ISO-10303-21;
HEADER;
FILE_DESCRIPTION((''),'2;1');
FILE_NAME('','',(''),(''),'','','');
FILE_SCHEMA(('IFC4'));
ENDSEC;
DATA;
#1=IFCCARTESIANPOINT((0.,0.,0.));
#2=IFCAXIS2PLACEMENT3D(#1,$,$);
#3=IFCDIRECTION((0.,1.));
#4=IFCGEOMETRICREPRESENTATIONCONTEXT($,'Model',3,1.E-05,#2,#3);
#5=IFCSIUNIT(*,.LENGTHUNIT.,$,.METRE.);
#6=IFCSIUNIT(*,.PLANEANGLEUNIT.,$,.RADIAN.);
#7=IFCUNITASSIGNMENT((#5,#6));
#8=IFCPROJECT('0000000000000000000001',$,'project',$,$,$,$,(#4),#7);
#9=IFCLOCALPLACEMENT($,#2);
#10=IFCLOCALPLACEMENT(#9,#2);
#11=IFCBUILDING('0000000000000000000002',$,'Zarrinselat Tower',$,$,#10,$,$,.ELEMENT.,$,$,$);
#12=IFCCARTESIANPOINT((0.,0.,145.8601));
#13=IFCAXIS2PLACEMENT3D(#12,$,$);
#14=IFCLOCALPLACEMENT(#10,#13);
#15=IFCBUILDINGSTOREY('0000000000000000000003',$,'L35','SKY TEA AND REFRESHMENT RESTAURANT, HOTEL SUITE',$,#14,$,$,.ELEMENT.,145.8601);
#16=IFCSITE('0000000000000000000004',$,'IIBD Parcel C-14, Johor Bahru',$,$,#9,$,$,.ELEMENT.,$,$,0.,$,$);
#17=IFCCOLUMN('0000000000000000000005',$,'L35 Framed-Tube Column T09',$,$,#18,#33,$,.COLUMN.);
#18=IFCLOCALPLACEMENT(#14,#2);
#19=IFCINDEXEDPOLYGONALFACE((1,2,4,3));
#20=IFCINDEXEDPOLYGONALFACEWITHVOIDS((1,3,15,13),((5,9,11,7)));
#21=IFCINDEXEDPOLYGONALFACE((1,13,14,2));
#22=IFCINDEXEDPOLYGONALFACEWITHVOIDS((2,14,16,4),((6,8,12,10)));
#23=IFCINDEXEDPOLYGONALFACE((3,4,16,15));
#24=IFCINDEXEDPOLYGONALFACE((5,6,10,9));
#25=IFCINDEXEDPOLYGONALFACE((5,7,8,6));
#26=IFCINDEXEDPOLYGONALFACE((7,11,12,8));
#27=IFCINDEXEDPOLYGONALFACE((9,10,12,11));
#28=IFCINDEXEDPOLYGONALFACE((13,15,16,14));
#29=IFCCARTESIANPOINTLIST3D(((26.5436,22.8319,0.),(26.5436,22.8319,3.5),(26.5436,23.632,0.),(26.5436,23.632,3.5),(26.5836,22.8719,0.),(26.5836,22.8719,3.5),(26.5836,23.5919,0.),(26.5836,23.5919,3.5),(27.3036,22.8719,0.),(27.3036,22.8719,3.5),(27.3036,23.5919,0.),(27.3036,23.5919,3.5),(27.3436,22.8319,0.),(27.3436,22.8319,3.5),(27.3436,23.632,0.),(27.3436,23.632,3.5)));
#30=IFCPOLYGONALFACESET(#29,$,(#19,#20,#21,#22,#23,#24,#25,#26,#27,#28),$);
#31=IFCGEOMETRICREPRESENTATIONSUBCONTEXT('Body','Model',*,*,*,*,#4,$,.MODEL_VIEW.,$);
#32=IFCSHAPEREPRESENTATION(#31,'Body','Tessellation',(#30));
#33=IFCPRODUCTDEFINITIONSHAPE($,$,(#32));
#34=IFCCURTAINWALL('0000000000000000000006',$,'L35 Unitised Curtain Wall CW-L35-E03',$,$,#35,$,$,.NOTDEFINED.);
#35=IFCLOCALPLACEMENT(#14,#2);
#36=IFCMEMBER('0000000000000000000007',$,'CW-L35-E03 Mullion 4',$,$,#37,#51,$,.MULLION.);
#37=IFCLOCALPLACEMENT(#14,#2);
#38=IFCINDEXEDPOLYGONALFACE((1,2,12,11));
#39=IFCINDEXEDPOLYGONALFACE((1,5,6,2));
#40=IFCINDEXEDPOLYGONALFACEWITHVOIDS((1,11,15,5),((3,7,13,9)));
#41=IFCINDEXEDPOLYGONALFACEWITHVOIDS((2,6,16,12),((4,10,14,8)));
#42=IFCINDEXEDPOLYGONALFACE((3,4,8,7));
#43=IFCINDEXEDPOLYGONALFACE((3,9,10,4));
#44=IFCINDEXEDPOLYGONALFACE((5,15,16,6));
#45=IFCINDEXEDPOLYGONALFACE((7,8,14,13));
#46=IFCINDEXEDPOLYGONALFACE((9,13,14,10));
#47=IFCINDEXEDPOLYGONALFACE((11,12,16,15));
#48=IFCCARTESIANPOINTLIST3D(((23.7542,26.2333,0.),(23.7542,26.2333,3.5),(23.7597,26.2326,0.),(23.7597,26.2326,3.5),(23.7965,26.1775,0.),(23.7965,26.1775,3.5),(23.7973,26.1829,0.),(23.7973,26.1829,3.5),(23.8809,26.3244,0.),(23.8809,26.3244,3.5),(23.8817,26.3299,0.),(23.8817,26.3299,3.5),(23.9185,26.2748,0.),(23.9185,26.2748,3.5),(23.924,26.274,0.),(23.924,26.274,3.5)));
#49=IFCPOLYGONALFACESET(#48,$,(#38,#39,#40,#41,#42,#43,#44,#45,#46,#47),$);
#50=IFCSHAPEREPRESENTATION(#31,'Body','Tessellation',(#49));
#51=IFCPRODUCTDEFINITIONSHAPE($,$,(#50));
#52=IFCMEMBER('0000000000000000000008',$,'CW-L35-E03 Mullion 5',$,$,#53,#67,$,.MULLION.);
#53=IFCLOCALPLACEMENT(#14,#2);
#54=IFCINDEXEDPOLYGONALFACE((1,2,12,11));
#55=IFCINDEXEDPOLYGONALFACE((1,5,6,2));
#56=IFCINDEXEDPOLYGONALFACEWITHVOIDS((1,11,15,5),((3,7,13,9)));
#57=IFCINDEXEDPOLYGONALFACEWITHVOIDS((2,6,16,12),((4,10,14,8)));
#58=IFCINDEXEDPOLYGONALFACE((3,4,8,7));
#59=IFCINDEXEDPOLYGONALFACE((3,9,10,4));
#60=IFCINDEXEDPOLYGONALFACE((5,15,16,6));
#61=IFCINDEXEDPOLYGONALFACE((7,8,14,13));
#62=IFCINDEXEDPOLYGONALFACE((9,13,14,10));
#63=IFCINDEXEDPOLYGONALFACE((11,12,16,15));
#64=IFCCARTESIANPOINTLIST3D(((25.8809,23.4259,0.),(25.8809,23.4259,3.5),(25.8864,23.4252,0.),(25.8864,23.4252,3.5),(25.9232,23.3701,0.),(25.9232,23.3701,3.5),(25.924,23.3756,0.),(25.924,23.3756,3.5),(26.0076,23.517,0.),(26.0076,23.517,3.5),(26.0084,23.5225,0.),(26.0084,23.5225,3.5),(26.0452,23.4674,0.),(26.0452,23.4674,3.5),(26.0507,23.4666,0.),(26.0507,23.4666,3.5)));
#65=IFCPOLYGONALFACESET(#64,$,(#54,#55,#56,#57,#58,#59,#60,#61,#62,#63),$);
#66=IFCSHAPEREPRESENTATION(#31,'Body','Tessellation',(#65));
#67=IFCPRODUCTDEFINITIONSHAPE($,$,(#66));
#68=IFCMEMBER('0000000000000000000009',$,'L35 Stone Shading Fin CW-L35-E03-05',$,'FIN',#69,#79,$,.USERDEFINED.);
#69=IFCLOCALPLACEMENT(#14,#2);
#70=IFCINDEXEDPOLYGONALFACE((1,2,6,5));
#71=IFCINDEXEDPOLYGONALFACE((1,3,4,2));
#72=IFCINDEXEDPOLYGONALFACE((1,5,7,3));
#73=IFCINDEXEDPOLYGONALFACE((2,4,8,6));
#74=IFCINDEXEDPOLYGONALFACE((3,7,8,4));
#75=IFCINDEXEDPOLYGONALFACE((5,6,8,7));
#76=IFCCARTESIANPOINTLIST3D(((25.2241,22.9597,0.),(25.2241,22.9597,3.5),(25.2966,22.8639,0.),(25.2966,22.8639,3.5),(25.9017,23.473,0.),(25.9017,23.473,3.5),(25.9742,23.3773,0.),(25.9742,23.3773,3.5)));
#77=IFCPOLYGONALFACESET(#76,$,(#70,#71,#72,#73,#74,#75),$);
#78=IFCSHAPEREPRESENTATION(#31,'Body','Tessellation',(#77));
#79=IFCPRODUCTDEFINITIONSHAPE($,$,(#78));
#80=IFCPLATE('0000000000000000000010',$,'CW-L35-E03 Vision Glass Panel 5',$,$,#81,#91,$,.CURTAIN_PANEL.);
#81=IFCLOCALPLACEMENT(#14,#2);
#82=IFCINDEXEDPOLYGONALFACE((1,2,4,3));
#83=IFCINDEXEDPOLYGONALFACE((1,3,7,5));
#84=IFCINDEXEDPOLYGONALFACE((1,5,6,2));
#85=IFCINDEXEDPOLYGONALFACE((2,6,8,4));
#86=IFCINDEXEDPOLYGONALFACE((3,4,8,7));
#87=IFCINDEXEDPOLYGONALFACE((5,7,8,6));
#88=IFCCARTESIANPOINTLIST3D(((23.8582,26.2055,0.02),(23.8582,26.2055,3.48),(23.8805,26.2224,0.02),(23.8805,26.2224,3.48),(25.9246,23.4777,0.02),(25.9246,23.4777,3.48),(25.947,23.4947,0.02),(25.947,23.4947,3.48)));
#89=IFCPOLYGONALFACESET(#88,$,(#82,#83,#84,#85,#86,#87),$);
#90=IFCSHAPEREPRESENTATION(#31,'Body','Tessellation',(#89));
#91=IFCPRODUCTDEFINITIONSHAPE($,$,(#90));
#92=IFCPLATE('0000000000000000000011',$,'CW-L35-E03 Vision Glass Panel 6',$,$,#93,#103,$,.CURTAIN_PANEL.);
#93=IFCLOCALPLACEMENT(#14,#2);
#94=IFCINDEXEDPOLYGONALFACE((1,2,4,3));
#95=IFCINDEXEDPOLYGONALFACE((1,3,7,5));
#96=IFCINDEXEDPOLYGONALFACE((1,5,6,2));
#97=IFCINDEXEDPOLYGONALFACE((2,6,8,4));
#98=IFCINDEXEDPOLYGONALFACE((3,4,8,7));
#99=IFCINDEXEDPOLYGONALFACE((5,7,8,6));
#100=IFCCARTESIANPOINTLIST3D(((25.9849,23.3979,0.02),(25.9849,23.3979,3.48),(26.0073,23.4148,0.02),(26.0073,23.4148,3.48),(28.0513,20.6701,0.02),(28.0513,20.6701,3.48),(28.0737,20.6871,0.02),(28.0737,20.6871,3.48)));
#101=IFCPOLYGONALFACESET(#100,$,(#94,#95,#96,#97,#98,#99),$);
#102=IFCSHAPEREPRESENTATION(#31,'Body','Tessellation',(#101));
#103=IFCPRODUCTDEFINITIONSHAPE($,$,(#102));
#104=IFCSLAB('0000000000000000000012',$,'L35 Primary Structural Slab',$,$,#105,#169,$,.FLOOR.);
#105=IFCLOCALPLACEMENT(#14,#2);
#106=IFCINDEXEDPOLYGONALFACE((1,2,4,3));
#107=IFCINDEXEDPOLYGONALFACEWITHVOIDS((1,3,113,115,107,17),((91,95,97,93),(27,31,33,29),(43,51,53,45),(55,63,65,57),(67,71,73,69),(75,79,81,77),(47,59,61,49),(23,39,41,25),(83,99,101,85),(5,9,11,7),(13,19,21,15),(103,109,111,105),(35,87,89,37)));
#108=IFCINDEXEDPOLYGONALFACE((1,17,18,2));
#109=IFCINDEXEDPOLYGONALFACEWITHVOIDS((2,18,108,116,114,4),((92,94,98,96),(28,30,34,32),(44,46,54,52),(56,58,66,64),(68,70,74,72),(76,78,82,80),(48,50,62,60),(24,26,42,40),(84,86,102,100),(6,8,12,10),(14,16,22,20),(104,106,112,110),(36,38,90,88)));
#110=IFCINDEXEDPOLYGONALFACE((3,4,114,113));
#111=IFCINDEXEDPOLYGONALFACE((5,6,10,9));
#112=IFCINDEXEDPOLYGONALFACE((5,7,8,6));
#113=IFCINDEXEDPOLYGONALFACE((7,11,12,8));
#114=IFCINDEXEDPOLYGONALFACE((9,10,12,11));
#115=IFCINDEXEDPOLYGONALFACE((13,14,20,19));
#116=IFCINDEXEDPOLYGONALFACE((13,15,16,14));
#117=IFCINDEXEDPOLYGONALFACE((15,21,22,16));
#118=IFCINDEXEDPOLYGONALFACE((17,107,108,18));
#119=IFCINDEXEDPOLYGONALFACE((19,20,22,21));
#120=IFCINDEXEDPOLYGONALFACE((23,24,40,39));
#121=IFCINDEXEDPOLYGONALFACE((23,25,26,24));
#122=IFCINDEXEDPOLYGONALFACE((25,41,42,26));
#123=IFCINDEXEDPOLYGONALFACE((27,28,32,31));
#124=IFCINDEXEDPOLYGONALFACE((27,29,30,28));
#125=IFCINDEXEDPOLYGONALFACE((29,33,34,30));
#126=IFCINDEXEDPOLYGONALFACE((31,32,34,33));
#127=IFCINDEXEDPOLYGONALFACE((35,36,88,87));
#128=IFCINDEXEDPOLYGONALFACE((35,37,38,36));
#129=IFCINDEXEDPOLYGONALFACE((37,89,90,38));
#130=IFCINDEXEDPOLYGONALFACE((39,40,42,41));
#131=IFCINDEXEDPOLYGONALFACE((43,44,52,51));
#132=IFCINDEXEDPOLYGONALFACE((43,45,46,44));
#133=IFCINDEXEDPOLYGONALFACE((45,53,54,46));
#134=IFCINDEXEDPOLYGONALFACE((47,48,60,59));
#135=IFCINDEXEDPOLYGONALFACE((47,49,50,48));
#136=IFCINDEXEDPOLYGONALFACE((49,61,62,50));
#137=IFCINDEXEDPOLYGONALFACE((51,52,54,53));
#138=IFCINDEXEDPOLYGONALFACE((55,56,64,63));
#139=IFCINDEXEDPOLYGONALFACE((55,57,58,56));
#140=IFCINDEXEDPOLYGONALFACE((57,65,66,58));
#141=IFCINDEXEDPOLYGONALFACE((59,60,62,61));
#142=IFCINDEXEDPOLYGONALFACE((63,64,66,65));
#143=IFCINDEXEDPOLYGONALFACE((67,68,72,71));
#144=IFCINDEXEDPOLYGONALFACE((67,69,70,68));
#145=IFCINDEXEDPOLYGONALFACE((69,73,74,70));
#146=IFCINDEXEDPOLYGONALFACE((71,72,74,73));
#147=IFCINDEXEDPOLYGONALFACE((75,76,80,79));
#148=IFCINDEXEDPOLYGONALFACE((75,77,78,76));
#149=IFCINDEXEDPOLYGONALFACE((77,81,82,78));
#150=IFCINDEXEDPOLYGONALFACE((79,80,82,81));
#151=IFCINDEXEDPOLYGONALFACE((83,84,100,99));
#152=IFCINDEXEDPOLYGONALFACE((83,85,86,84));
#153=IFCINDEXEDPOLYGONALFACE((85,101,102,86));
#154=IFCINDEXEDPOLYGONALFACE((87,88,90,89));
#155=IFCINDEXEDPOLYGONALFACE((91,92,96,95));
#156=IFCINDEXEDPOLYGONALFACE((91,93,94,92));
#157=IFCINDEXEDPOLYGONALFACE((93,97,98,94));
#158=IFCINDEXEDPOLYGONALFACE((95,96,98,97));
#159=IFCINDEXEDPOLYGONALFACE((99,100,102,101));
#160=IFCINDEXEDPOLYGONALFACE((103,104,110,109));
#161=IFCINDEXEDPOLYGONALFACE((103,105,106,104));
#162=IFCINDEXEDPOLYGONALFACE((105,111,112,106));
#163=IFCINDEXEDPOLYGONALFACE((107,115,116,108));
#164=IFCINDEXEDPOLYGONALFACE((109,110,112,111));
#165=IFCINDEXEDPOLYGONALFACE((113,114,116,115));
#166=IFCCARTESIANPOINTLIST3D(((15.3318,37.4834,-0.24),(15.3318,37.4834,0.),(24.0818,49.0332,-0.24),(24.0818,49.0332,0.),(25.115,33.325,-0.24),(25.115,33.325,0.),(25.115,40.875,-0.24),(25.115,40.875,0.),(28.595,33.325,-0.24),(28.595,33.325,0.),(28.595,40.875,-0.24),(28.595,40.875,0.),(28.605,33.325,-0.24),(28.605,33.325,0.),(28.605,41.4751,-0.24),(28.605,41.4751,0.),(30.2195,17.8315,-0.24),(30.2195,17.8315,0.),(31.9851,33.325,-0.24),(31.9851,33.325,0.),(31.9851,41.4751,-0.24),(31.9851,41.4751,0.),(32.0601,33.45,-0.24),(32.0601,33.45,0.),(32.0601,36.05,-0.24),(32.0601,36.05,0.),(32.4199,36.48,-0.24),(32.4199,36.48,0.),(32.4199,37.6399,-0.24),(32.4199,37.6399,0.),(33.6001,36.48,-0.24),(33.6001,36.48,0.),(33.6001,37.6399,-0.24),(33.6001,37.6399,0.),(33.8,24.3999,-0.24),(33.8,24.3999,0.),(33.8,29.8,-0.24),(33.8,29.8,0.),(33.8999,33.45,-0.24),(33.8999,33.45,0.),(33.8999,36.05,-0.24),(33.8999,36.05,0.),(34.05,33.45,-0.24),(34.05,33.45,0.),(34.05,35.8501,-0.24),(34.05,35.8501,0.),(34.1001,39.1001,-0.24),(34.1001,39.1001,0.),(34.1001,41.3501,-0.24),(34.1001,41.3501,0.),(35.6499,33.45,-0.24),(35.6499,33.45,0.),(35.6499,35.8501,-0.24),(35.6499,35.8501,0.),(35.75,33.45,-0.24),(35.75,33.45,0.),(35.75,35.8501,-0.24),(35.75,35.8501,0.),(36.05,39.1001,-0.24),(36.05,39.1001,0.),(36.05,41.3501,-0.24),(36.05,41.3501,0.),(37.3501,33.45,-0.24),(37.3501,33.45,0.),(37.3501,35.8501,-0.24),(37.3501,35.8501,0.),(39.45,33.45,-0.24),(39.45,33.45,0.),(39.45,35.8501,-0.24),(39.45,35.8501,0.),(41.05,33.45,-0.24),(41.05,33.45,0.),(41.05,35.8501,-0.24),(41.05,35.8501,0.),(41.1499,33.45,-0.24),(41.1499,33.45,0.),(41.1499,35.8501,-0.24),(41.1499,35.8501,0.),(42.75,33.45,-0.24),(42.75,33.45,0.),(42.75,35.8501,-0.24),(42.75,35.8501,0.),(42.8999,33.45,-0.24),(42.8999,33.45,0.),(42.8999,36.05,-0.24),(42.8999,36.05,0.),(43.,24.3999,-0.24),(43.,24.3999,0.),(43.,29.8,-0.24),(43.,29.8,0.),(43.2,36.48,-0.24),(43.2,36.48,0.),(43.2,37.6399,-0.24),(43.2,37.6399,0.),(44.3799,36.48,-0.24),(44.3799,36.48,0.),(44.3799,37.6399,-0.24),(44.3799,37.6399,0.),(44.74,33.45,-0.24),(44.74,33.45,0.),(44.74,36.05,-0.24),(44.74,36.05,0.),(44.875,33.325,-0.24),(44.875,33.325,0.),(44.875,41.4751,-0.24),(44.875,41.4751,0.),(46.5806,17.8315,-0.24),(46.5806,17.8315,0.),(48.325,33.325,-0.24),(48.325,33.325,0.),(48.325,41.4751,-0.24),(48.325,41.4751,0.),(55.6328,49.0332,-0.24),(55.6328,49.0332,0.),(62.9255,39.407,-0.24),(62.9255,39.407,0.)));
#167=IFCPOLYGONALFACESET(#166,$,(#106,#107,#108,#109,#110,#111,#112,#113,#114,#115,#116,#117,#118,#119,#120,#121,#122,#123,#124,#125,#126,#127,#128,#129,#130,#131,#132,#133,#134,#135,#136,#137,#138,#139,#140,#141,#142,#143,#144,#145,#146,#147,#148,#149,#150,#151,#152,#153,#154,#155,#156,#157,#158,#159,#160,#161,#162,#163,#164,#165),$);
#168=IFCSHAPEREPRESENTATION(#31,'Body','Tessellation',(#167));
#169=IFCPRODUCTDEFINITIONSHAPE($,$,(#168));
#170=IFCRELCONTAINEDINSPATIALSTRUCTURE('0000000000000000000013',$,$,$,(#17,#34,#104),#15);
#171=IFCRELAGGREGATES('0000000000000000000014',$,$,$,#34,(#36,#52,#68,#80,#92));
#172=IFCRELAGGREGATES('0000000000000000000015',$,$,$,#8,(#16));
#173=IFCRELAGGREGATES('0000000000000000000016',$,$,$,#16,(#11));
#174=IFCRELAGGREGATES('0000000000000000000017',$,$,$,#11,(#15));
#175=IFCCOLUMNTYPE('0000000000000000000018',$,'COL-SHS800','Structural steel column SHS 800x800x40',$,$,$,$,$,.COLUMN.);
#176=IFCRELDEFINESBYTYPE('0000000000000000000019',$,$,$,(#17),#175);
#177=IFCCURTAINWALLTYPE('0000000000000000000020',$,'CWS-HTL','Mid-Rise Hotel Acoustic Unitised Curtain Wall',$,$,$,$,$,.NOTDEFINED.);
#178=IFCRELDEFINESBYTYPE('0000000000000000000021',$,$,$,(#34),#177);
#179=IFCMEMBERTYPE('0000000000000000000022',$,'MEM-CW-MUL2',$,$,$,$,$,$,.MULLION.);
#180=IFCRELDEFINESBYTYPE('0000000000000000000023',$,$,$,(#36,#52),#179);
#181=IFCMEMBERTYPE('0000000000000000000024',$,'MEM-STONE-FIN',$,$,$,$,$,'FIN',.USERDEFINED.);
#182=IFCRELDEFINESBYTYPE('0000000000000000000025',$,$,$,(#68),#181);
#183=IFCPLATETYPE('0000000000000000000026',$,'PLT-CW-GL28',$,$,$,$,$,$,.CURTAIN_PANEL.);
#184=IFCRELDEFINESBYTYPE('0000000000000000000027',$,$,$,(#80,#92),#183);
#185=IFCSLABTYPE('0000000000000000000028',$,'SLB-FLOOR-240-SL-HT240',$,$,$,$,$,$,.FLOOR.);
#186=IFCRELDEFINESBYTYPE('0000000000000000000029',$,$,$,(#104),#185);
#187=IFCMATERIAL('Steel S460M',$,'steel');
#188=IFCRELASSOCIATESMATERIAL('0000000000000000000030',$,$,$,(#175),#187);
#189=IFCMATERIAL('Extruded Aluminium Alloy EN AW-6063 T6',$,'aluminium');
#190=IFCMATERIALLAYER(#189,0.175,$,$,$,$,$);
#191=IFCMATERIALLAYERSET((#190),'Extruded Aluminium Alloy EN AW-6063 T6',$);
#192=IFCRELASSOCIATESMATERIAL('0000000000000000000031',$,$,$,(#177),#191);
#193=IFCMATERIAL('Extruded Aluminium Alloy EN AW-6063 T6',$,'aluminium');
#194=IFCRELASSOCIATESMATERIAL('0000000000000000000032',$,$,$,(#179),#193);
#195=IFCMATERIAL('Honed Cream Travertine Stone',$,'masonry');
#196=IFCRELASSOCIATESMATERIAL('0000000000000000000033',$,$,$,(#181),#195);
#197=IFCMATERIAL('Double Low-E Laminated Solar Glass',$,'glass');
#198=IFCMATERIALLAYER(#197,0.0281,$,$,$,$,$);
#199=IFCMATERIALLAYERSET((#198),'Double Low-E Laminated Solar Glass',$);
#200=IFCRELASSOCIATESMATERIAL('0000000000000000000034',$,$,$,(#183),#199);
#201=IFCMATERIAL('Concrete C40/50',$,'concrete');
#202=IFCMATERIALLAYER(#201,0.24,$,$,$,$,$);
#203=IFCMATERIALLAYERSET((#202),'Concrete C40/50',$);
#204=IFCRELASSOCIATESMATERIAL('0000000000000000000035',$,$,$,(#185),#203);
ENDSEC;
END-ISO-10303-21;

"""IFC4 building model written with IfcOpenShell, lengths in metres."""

from ifc_helpers import new_model, si_unit, direction, frame, origin, origin_2d, place, context, subcontext, project, spatial, polyline, rectangle, hollow_rectangle, outline, extrude, material, layer, layer_set, material_profile, profile_set, type_object, element, aggregate, save


model = new_model("IFC4")

# Units and contexts
model_context = context("Model", 3, precision=1e-05, world=origin(), true_north=direction((0.0, 1.0)))
body_context = subcontext(model_context, "Body", "Model", "MODEL_VIEW")
ifc_project = project(units=[si_unit("LENGTHUNIT", "METRE"), si_unit("PLANEANGLEUNIT", "RADIAN")], contexts=[model_context])

# Site, building, storey
site_placement = place(None, origin())
site = spatial("IfcSite", under=ifc_project, at=site_placement, Name="IIBD Parcel C-14, Johor Bahru", CompositionType="ELEMENT", RefElevation=0.0)
building_placement = place(site_placement, origin())
building = spatial("IfcBuilding", under=site, at=building_placement, Name="Zarrinselat Tower", CompositionType="ELEMENT")
storey_placement = place(building_placement, frame((0.0, 0.0, 145.8601)))
storey = spatial("IfcBuildingStorey", under=building, at=storey_placement, Name="L35", Description="SKY TEA AND REFRESHMENT RESTAURANT, HOTEL SUITE", CompositionType="ELEMENT", Elevation=145.8601)

# Column
ifc_material_1 = material(Name="Steel S460M", Category="steel")
ifc_material_profile_1 = material_profile(ifc_material_1, hollow_rectangle(XDim=0.8, YDim=0.8, WallThickness=0.04, at=origin_2d()), Name="SHS 800x800x40")
ifc_profile_set_1 = profile_set([ifc_material_profile_1], Name="Steel S460M")
column_type = type_object("IfcColumnType", Name="COL-SHS800", Description="Structural steel column SHS 800x800x40", PredefinedType="COLUMN", material=ifc_profile_set_1)
column_placement = place(storey_placement, frame((26.9436, 23.2319, 0.0), z_axis=(0.0, 0.0, 1.0), x_axis=(1.0, 0.0, 0.0)))
element("IfcColumn", 1, at=column_placement, inside=storey, type_object=column_type, Name="L35 Framed-Tube Column T09", PredefinedType="COLUMN", context=body_context, shape_type="SweptSolid", body=[
    extrude(hollow_rectangle(XDim=0.8, YDim=0.8, WallThickness=0.04, at=origin_2d()), origin(), (0.0, 0.0, 1.0), 3.5),
])

# Curtain wall, members, plates
ifc_material_2 = material(Name="Extruded Aluminium Alloy EN AW-6063 T6", Category="aluminium")
ifc_layer_1 = layer(ifc_material_2, 0.175)
ifc_layer_set_1 = layer_set([ifc_layer_1], Name="Extruded Aluminium Alloy EN AW-6063 T6")
curtain_wall_type = type_object("IfcCurtainWallType", Name="CWS-HTL", Description="Mid-Rise Hotel Acoustic Unitised Curtain Wall", PredefinedType="NOTDEFINED", material=ifc_layer_set_1)
curtain_wall_placement = place(storey_placement, origin())
curtain_wall = element("IfcCurtainWall", 2, at=curtain_wall_placement, inside=storey, type_object=curtain_wall_type, Name="L35 Unitised Curtain Wall CW-L35-E03", PredefinedType="NOTDEFINED")
ifc_material_3 = material(Name="Extruded Aluminium Alloy EN AW-6063 T6", Category="aluminium")
ifc_material_profile_2 = material_profile(ifc_material_3, hollow_rectangle(XDim=0.0701, YDim=0.1599, WallThickness=0.0039, at=origin_2d()), Name="RHS 160x70x4")
ifc_profile_set_2 = profile_set([ifc_material_profile_2], Name="Extruded Aluminium Alloy EN AW-6063 T6")
member_type_1 = type_object("IfcMemberType", Name="MEM-CW-MUL2", PredefinedType="MULLION", material=ifc_profile_set_2)
member_1_placement = place(storey_placement, frame((23.8391, 26.2537, 0.0), z_axis=(0.0, 0.0, 1.0), x_axis=(0.603857, -0.797093, 0.0)))
member_1 = element("IfcMember", 3, at=member_1_placement, type_object=member_type_1, Name="CW-L35-E03 Mullion 4", PredefinedType="MULLION", context=body_context, shape_type="SweptSolid", body=[
    extrude(hollow_rectangle(XDim=0.0701, YDim=0.1599, WallThickness=0.0039, at=origin_2d()), origin(), (0.0, 0.0, 1.0), 3.5),
])
member_2_placement = place(storey_placement, frame((25.9658, 23.4463, 0.0), z_axis=(0.0, 0.0, 1.0), x_axis=(0.603857, -0.797093, 0.0)))
member_2 = element("IfcMember", 4, at=member_2_placement, type_object=member_type_1, Name="CW-L35-E03 Mullion 5", PredefinedType="MULLION", context=body_context, shape_type="SweptSolid", body=[
    extrude(hollow_rectangle(XDim=0.0701, YDim=0.1599, WallThickness=0.0039, at=origin_2d()), origin(), (0.0, 0.0, 1.0), 3.5),
])
ifc_material_4 = material(Name="Honed Cream Travertine Stone", Category="masonry")
ifc_material_profile_3 = material_profile(ifc_material_4, rectangle(XDim=0.1201, YDim=0.8501, at=origin_2d()), Name="FIN 850x120")
ifc_profile_set_3 = profile_set([ifc_material_profile_3], Name="Honed Cream Travertine Stone")
member_type_2 = type_object("IfcMemberType", Name="MEM-STONE-FIN", ElementType="FIN", PredefinedType="USERDEFINED", material=ifc_profile_set_3)
member_3_placement = place(storey_placement, frame((25.5991, 23.1685, 0.0), z_axis=(0.0, 0.0, 1.0), x_axis=(-0.603857, 0.797093, 0.0)))
member_3 = element("IfcMember", 5, at=member_3_placement, type_object=member_type_2, Name="L35 Stone Shading Fin CW-L35-E03-05", ObjectType="FIN", PredefinedType="USERDEFINED", context=body_context, shape_type="SweptSolid", body=[
    extrude(rectangle(XDim=0.1201, YDim=0.8501, at=origin_2d()), origin(), (0.0, 0.0, 1.0), 3.5),
])
ifc_material_5 = material(Name="Double Low-E Laminated Solar Glass", Category="glass")
ifc_layer_2 = layer(ifc_material_5, 0.0281)
ifc_layer_set_2 = layer_set([ifc_layer_2], Name="Double Low-E Laminated Solar Glass")
plate_type = type_object("IfcPlateType", Name="PLT-CW-GL28", PredefinedType="CURTAIN_PANEL", material=ifc_layer_set_2)
plate_1_placement = place(storey_placement, frame((24.9026, 24.8501, 0.02), z_axis=(0.0, 0.0, 1.0), x_axis=(0.603857, -0.797093, 0.0)))
plate_1 = element("IfcPlate", 6, at=plate_1_placement, type_object=plate_type, Name="CW-L35-E03 Vision Glass Panel 5", PredefinedType="CURTAIN_PANEL", context=body_context, shape_type="SweptSolid", body=[
    extrude(rectangle(XDim=3.4221, YDim=0.0281, at=origin_2d()), origin(), (0.0, 0.0, 1.0), 3.46),
])
plate_2_placement = place(storey_placement, frame((27.0293, 22.0425, 0.02), z_axis=(0.0, 0.0, 1.0), x_axis=(0.603857, -0.797093, 0.0)))
plate_2 = element("IfcPlate", 7, at=plate_2_placement, type_object=plate_type, Name="CW-L35-E03 Vision Glass Panel 6", PredefinedType="CURTAIN_PANEL", context=body_context, shape_type="SweptSolid", body=[
    extrude(rectangle(XDim=3.4221, YDim=0.0281, at=origin_2d()), origin(), (0.0, 0.0, 1.0), 3.46),
])
aggregate(curtain_wall, [member_1, member_2, member_3, plate_1, plate_2])

# Slab
ifc_material_6 = material(Name="Concrete C40/50", Category="concrete")
ifc_layer_3 = layer(ifc_material_6, 0.24)
ifc_layer_set_3 = layer_set([ifc_layer_3], Name="Concrete C40/50")
slab_type_1 = type_object("IfcSlabType", Name="SLB-FLOOR-240-SL-HT240", PredefinedType="FLOOR", material=ifc_layer_set_3)
slab_1_placement = place(storey_placement, frame((0.0, 0.0, -0.24)))
element("IfcSlab", 8, at=slab_1_placement, inside=storey, type_object=slab_type_1, Name="L35 Primary Structural Slab", PredefinedType="FLOOR", context=body_context, shape_type="SweptSolid", body=[
    extrude(outline(polyline([(55.6328, 49.0332), (24.0818, 49.0332), (15.3318, 37.4834), (30.2195, 17.8315), (46.5806, 17.8315), (62.9255, 39.407), (55.6328, 49.0332)]), holes=[polyline([(35.6499, 33.45), (34.05, 33.45), (34.05, 35.8501), (35.6499, 35.8501), (35.6499, 33.45)]), polyline([(35.75, 33.45), (35.75, 35.8501), (37.3501, 35.8501), (37.3501, 33.45), (35.75, 33.45)]), polyline([(32.0601, 33.45), (32.0601, 36.05), (33.8999, 36.05), (33.8999, 33.45), (32.0601, 33.45)]), polyline([(33.6001, 36.48), (32.4199, 36.48), (32.4199, 37.6399), (33.6001, 37.6399), (33.6001, 36.48)]), polyline([(28.595, 33.325), (25.115, 33.325), (25.115, 40.875), (28.595, 40.875), (28.595, 33.325)]), polyline([(31.9851, 33.325), (28.605, 33.325), (28.605, 41.4751), (31.9851, 41.4751), (31.9851, 33.325)]), polyline([(36.05, 39.1001), (34.1001, 39.1001), (34.1001, 41.3501), (36.05, 41.3501), (36.05, 39.1001)]), polyline([(33.8, 24.3999), (33.8, 29.8), (43.0, 29.8), (43.0, 24.3999), (33.8, 24.3999)]), polyline([(39.45, 33.45), (39.45, 35.8501), (41.05, 35.8501), (41.05, 33.45), (39.45, 33.45)]), polyline([(41.1499, 33.45), (41.1499, 35.8501), (42.75, 35.8501), (42.75, 33.45), (41.1499, 33.45)]), polyline([(42.8999, 33.45), (42.8999, 36.05), (44.74, 36.05), (44.74, 33.45), (42.8999, 33.45)]), polyline([(43.2, 36.48), (43.2, 37.6399), (44.3799, 37.6399), (44.3799, 36.48), (43.2, 36.48)]), polyline([(48.325, 33.325), (44.875, 33.325), (44.875, 41.4751), (48.325, 41.4751), (48.325, 33.325)])]), origin(), (0.0, 0.0, 1.0), 0.24),
])

save(model, "model.ifc")
